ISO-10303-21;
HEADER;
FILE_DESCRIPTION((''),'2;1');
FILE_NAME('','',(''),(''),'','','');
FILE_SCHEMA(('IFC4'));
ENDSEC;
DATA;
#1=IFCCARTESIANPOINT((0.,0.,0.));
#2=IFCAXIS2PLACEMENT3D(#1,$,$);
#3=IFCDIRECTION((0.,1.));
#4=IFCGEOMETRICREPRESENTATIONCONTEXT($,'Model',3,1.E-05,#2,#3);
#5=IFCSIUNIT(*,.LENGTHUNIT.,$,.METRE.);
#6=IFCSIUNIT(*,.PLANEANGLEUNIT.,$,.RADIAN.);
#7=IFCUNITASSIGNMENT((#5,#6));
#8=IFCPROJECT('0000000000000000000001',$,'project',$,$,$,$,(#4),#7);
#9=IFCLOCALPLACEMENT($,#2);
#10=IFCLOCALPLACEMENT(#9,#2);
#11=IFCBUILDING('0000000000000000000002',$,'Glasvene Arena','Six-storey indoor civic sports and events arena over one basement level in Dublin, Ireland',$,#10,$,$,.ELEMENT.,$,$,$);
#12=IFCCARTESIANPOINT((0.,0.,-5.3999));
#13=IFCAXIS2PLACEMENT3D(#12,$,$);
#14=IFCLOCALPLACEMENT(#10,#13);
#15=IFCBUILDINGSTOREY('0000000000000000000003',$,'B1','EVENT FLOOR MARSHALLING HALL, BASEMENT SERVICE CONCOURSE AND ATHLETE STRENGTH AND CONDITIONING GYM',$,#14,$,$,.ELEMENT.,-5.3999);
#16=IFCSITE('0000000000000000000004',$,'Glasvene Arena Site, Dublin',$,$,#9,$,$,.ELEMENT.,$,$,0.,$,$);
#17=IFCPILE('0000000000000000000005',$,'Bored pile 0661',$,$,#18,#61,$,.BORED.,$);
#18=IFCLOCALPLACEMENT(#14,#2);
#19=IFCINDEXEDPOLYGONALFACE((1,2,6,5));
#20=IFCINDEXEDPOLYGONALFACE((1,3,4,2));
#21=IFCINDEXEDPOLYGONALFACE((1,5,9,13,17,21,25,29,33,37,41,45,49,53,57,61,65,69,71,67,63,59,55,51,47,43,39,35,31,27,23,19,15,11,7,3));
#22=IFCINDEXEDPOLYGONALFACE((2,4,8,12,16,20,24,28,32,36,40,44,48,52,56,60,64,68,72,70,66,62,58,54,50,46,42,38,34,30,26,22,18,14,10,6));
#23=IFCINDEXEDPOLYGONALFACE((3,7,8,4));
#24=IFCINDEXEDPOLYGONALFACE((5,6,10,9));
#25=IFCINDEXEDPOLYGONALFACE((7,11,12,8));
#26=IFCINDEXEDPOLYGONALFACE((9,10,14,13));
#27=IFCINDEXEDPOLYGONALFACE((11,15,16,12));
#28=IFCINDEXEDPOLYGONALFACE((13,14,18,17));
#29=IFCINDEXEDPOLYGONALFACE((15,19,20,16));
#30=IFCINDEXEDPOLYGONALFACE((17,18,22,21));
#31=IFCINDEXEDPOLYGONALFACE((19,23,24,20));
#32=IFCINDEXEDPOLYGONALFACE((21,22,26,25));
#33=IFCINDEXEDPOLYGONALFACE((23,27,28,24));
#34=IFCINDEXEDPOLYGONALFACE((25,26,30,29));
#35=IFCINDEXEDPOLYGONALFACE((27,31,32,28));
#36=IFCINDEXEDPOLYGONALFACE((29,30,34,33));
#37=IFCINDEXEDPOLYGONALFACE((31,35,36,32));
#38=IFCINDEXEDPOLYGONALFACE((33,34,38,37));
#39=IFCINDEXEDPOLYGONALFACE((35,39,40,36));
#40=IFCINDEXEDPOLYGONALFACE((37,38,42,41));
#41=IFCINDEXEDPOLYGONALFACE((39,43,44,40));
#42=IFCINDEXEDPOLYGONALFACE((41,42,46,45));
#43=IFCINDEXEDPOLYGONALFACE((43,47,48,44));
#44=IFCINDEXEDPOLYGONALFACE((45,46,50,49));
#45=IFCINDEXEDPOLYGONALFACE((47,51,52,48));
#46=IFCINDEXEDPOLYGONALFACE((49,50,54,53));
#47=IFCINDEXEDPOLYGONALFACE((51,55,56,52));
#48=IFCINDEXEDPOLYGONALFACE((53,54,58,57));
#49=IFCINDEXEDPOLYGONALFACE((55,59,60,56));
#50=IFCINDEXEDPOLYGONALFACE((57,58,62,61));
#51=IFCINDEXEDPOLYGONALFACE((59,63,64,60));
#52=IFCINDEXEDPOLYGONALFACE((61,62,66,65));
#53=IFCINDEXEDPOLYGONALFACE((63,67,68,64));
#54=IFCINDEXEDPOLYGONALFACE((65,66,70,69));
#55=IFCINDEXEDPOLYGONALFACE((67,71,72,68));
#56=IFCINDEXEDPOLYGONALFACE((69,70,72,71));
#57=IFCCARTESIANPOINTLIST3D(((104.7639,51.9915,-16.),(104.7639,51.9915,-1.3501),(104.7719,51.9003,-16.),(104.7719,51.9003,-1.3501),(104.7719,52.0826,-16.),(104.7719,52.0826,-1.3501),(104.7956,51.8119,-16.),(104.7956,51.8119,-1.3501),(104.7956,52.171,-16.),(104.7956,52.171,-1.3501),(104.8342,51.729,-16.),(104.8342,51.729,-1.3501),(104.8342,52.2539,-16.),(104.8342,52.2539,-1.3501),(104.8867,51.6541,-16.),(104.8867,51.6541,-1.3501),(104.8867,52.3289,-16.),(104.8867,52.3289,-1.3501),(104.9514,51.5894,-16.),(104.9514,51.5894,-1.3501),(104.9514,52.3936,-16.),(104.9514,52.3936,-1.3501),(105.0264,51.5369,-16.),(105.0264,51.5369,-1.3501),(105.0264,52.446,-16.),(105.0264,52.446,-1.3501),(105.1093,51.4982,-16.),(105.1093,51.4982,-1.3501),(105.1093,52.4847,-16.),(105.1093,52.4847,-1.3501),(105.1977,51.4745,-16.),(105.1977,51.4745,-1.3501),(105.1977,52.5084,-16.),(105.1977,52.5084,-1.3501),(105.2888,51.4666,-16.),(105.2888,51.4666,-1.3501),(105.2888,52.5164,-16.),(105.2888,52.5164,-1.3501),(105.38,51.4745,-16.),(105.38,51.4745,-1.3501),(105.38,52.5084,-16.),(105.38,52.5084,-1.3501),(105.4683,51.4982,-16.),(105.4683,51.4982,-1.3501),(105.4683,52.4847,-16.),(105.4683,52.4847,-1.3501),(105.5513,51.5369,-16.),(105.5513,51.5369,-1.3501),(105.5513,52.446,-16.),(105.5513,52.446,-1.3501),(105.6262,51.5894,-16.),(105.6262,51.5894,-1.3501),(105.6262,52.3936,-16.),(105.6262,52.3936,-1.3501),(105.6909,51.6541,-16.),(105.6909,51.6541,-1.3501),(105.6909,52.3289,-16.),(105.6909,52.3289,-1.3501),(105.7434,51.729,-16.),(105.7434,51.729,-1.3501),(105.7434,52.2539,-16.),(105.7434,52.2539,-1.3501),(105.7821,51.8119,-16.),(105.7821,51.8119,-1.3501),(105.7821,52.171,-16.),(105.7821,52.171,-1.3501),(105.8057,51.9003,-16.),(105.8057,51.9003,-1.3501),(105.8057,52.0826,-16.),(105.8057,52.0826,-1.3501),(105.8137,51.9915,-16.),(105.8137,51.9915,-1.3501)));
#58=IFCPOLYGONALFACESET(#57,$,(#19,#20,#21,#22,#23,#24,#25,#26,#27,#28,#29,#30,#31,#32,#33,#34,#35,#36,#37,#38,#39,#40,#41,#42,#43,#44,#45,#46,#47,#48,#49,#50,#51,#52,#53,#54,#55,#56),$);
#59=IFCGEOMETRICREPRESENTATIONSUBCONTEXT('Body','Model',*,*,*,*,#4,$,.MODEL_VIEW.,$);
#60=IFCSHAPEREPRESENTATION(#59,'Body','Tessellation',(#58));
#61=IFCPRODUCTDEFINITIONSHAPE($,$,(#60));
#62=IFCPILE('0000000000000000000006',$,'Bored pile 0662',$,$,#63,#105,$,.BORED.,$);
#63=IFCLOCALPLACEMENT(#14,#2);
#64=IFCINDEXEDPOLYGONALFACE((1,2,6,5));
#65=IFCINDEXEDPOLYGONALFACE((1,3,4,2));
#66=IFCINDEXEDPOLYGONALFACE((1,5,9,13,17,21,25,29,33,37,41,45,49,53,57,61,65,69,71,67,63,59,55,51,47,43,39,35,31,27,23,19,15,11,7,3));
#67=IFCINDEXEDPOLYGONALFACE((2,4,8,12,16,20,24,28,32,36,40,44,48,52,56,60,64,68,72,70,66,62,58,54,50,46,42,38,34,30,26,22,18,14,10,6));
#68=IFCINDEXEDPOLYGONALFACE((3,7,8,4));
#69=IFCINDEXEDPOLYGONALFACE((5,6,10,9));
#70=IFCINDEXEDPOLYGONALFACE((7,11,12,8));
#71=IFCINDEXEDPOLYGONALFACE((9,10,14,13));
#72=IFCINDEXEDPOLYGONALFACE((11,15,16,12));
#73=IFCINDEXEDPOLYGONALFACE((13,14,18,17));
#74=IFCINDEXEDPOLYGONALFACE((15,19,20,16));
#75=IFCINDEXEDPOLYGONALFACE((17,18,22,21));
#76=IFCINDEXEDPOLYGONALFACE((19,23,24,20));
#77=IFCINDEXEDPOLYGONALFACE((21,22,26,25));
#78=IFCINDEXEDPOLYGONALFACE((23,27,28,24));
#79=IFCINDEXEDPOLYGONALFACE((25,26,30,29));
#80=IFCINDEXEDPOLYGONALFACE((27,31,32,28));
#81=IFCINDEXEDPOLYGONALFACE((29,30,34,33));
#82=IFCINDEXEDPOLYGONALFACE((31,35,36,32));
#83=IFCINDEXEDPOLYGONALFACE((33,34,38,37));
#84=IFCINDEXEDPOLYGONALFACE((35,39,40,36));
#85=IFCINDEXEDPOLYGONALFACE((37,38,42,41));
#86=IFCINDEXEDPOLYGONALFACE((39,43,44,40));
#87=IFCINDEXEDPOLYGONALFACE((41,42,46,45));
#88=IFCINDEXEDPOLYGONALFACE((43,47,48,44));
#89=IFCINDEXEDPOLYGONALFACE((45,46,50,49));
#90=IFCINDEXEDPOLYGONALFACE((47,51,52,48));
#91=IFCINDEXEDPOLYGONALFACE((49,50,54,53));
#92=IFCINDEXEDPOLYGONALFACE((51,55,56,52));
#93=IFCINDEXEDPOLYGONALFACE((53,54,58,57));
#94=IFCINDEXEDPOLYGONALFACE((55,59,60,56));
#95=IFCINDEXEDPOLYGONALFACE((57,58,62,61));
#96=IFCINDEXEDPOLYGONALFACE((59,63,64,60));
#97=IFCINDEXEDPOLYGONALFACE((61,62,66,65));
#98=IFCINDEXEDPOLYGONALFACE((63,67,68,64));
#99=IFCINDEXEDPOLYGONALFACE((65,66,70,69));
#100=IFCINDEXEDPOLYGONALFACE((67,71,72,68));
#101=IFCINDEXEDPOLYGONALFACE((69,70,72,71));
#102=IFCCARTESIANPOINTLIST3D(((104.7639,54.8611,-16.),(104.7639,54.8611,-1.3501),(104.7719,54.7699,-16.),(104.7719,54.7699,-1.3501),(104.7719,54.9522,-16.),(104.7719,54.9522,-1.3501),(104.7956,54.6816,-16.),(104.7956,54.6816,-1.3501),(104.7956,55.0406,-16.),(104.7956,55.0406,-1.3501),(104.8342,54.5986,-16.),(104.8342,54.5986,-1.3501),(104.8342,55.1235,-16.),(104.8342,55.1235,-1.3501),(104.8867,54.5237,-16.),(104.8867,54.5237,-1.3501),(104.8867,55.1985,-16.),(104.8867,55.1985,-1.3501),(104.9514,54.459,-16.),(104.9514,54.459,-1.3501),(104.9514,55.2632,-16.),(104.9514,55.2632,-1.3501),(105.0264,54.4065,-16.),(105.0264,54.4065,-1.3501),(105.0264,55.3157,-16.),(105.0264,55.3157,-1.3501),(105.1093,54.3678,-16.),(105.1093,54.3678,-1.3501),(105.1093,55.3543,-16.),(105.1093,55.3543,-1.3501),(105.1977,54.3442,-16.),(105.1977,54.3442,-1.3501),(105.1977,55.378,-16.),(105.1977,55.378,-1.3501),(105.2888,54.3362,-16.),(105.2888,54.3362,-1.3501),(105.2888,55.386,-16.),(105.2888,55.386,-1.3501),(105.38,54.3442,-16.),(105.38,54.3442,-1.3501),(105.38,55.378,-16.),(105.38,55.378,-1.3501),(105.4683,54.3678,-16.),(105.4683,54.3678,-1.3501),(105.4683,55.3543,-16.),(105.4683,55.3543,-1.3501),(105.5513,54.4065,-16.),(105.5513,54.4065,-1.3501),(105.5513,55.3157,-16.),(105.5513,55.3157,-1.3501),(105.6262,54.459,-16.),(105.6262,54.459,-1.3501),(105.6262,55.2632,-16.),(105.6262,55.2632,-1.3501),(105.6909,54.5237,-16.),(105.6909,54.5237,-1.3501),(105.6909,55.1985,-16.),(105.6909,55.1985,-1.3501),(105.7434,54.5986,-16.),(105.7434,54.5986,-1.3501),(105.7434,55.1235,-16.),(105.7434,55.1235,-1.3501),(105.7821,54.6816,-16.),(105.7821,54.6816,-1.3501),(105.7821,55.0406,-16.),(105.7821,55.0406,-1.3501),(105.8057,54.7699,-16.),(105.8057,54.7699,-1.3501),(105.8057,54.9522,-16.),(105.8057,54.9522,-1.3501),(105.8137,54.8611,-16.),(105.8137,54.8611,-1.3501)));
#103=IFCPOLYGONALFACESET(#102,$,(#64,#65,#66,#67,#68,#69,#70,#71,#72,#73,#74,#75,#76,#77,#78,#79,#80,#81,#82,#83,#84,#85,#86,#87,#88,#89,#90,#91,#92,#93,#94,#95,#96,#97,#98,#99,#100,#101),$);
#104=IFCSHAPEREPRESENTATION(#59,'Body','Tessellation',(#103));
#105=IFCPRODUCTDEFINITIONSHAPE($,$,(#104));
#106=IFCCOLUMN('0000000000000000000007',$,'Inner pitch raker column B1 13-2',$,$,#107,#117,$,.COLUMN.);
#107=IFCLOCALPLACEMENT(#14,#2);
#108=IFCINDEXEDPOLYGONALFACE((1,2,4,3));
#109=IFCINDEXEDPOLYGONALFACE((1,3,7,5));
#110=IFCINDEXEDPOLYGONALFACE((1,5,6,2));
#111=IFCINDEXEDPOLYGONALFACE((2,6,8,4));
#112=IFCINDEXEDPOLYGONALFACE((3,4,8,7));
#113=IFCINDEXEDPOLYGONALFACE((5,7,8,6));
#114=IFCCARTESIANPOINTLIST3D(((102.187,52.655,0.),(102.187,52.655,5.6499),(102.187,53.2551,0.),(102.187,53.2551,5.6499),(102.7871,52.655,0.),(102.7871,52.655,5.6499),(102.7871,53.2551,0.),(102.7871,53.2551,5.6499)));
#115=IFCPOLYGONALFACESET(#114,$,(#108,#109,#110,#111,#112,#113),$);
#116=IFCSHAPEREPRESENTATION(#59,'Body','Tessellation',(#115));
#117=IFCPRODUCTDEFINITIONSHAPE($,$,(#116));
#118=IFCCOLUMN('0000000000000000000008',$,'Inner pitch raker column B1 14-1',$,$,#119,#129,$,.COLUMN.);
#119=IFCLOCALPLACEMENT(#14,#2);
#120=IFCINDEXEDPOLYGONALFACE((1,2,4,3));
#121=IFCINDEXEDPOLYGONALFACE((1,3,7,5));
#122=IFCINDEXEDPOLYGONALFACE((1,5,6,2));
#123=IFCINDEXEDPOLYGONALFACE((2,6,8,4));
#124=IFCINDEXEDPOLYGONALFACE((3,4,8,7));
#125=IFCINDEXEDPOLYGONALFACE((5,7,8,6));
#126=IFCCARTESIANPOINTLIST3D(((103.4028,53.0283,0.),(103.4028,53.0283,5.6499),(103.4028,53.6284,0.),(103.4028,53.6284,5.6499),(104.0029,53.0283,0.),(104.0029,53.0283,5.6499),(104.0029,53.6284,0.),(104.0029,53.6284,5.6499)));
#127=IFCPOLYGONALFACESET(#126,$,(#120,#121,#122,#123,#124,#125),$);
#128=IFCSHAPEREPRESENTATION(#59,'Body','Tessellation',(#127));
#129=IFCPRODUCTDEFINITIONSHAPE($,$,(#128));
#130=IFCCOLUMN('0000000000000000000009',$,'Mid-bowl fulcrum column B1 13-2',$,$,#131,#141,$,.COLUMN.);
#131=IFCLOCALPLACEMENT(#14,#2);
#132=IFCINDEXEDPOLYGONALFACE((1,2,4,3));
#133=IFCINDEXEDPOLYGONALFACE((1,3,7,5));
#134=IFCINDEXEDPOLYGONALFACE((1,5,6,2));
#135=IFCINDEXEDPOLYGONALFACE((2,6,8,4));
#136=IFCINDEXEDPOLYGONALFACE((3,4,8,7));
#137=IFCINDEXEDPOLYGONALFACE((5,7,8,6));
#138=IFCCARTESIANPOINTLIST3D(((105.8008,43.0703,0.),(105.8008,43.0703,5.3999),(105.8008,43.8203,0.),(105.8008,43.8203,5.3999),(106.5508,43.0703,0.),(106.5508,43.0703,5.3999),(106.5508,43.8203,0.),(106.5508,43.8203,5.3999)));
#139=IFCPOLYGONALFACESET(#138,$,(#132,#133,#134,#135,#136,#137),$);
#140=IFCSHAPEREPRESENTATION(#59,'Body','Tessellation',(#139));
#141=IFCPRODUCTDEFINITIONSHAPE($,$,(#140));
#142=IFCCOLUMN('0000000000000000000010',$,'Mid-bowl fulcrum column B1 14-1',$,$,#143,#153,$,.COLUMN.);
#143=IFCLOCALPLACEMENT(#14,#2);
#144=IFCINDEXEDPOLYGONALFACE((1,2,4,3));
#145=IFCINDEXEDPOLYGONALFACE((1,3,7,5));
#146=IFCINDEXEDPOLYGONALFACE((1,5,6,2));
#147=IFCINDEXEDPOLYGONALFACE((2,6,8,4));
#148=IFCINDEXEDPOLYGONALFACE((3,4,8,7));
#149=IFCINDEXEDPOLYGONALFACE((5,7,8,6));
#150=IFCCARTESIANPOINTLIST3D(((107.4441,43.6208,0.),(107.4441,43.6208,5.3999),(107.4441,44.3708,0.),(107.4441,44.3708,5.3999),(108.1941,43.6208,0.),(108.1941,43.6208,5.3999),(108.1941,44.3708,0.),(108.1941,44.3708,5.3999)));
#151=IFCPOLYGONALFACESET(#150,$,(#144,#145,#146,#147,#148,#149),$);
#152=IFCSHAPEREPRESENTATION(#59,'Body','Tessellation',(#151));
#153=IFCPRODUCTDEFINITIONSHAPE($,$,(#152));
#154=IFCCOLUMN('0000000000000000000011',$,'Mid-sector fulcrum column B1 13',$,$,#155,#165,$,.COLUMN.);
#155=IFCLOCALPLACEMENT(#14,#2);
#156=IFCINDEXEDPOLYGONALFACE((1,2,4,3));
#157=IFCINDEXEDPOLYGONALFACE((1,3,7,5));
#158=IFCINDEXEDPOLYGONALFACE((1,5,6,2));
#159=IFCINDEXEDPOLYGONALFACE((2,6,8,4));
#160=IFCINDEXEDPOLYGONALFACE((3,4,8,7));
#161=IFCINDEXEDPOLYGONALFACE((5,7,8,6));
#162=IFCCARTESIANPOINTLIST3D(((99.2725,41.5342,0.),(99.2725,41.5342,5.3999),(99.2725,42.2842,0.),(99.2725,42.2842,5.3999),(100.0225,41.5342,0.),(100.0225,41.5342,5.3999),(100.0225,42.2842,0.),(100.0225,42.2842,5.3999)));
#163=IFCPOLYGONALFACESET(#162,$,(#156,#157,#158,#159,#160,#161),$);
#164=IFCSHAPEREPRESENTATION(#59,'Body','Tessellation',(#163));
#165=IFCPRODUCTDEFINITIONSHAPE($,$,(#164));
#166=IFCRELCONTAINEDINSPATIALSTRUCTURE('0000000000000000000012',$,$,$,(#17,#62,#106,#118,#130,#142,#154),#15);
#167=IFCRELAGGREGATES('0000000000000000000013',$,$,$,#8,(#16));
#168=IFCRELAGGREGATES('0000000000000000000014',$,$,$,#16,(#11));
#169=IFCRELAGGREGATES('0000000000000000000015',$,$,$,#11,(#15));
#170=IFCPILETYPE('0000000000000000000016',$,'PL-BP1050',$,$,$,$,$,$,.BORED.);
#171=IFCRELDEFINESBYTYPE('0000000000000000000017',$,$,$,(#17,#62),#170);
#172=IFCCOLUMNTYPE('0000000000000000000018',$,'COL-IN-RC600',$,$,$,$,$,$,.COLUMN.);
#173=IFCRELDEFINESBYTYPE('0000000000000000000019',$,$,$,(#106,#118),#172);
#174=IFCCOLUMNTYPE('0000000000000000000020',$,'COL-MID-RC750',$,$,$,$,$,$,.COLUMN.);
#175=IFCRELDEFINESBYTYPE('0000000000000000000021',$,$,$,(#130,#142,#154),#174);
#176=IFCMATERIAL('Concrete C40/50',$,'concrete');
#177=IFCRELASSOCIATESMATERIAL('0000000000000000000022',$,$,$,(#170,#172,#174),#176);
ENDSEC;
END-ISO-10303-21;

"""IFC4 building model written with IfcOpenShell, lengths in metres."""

from ifc_helpers import new_model, si_unit, direction, frame, origin, origin_2d, place, context, subcontext, project, spatial, rectangle, circle, extrude, material, material_profile, profile_set, type_object, element, save


model = new_model("IFC4")

# Units and contexts
model_context = context("Model", 3, precision=1e-05, world=origin(), true_north=direction((0.0, 1.0)))
body_context = subcontext(model_context, "Body", "Model", "MODEL_VIEW")
ifc_project = project(units=[si_unit("LENGTHUNIT", "METRE"), si_unit("PLANEANGLEUNIT", "RADIAN")], contexts=[model_context])

# Site, building, storey
site_placement = place(None, origin())
site = spatial("IfcSite", under=ifc_project, at=site_placement, Name="Glasvene Arena Site, Dublin", CompositionType="ELEMENT", RefElevation=0.0)
building_placement = place(site_placement, origin())
building = spatial("IfcBuilding", under=site, at=building_placement, Name="Glasvene Arena", Description="Six-storey indoor civic sports and events arena over one basement level in Dublin, Ireland", CompositionType="ELEMENT")
storey_placement = place(building_placement, frame((0.0, 0.0, -5.3999)))
storey = spatial("IfcBuildingStorey", under=building, at=storey_placement, Name="B1", Description="EVENT FLOOR MARSHALLING HALL, BASEMENT SERVICE CONCOURSE AND ATHLETE STRENGTH AND CONDITIONING GYM", CompositionType="ELEMENT", Elevation=-5.3999)

# Piles
ifc_material_1 = material(Name="Concrete C40/50", Category="concrete")
ifc_material_profile_1 = material_profile(ifc_material_1, circle(Radius=0.5249, at=origin_2d()), Name="BORED PILE 1050")
ifc_profile_set_1 = profile_set([ifc_material_profile_1], Name="Concrete C40/50")
pile_type = type_object("IfcPileType", Name="PL-BP1050", PredefinedType="BORED", material=ifc_profile_set_1)
for number, where, z_axis, x_axis, name in (
    (1, (105.2888, 51.9915, -1.3501), (0.0, 0.0, -1.0), (1.0, 0.0, 0.0), "Bored pile 0661"),
    (2, (105.2888, 54.8611, -1.3501), (0.0, 0.0, -1.0), (1.0, 0.0, 0.0), "Bored pile 0662"),
):
    element("IfcPile", number, at=place(storey_placement, frame(where, z_axis=z_axis, x_axis=x_axis)), inside=storey, type_object=pile_type, Name=name, PredefinedType="BORED", context=body_context, shape_type="SweptSolid", body=[
        extrude(circle(Radius=0.5249, at=origin_2d()), origin(), (0.0, 0.0, 1.0), 14.6499),
    ])

# Columns
ifc_material_profile_2 = material_profile(ifc_material_1, rectangle(XDim=0.6001, YDim=0.6001, at=origin_2d()), Name="RC 600x600")
ifc_profile_set_2 = profile_set([ifc_material_profile_2], Name="Concrete C40/50")
column_type_1 = type_object("IfcColumnType", Name="COL-IN-RC600", PredefinedType="COLUMN", material=ifc_profile_set_2)
for number, where, z_axis, x_axis, name in (
    (3, (102.4871, 52.9551, 0.0), (0.0, 0.0, 1.0), (1.0, 0.0, 0.0), "Inner pitch raker column B1 13-2"),
    (4, (103.7029, 53.3284, 0.0), (0.0, 0.0, 1.0), (1.0, 0.0, 0.0), "Inner pitch raker column B1 14-1"),
):
    element("IfcColumn", number, at=place(storey_placement, frame(where, z_axis=z_axis, x_axis=x_axis)), inside=storey, type_object=column_type_1, Name=name, PredefinedType="COLUMN", context=body_context, shape_type="SweptSolid", body=[
        extrude(rectangle(XDim=0.6001, YDim=0.6001, at=origin_2d()), origin(), (0.0, 0.0, 1.0), 5.6499),
    ])
ifc_material_profile_3 = material_profile(ifc_material_1, rectangle(XDim=0.75, YDim=0.75, at=origin_2d()), Name="RC 750x750")
ifc_profile_set_3 = profile_set([ifc_material_profile_3], Name="Concrete C40/50")
column_type_2 = type_object("IfcColumnType", Name="COL-MID-RC750", PredefinedType="COLUMN", material=ifc_profile_set_3)
for number, where, z_axis, x_axis, name in (
    (5, (106.1758, 43.4453, 0.0), (0.0, 0.0, 1.0), (1.0, 0.0, 0.0), "Mid-bowl fulcrum column B1 13-2"),
    (6, (107.8191, 43.9958, 0.0), (0.0, 0.0, 1.0), (1.0, 0.0, 0.0), "Mid-bowl fulcrum column B1 14-1"),
    (7, (99.6475, 41.9092, 0.0), (0.0, 0.0, 1.0), (1.0, 0.0, 0.0), "Mid-sector fulcrum column B1 13"),
):
    element("IfcColumn", number, at=place(storey_placement, frame(where, z_axis=z_axis, x_axis=x_axis)), inside=storey, type_object=column_type_2, Name=name, PredefinedType="COLUMN", context=body_context, shape_type="SweptSolid", body=[
        extrude(rectangle(XDim=0.75, YDim=0.75, at=origin_2d()), origin(), (0.0, 0.0, 1.0), 5.3999),
    ])

save(model, "model.ifc")
